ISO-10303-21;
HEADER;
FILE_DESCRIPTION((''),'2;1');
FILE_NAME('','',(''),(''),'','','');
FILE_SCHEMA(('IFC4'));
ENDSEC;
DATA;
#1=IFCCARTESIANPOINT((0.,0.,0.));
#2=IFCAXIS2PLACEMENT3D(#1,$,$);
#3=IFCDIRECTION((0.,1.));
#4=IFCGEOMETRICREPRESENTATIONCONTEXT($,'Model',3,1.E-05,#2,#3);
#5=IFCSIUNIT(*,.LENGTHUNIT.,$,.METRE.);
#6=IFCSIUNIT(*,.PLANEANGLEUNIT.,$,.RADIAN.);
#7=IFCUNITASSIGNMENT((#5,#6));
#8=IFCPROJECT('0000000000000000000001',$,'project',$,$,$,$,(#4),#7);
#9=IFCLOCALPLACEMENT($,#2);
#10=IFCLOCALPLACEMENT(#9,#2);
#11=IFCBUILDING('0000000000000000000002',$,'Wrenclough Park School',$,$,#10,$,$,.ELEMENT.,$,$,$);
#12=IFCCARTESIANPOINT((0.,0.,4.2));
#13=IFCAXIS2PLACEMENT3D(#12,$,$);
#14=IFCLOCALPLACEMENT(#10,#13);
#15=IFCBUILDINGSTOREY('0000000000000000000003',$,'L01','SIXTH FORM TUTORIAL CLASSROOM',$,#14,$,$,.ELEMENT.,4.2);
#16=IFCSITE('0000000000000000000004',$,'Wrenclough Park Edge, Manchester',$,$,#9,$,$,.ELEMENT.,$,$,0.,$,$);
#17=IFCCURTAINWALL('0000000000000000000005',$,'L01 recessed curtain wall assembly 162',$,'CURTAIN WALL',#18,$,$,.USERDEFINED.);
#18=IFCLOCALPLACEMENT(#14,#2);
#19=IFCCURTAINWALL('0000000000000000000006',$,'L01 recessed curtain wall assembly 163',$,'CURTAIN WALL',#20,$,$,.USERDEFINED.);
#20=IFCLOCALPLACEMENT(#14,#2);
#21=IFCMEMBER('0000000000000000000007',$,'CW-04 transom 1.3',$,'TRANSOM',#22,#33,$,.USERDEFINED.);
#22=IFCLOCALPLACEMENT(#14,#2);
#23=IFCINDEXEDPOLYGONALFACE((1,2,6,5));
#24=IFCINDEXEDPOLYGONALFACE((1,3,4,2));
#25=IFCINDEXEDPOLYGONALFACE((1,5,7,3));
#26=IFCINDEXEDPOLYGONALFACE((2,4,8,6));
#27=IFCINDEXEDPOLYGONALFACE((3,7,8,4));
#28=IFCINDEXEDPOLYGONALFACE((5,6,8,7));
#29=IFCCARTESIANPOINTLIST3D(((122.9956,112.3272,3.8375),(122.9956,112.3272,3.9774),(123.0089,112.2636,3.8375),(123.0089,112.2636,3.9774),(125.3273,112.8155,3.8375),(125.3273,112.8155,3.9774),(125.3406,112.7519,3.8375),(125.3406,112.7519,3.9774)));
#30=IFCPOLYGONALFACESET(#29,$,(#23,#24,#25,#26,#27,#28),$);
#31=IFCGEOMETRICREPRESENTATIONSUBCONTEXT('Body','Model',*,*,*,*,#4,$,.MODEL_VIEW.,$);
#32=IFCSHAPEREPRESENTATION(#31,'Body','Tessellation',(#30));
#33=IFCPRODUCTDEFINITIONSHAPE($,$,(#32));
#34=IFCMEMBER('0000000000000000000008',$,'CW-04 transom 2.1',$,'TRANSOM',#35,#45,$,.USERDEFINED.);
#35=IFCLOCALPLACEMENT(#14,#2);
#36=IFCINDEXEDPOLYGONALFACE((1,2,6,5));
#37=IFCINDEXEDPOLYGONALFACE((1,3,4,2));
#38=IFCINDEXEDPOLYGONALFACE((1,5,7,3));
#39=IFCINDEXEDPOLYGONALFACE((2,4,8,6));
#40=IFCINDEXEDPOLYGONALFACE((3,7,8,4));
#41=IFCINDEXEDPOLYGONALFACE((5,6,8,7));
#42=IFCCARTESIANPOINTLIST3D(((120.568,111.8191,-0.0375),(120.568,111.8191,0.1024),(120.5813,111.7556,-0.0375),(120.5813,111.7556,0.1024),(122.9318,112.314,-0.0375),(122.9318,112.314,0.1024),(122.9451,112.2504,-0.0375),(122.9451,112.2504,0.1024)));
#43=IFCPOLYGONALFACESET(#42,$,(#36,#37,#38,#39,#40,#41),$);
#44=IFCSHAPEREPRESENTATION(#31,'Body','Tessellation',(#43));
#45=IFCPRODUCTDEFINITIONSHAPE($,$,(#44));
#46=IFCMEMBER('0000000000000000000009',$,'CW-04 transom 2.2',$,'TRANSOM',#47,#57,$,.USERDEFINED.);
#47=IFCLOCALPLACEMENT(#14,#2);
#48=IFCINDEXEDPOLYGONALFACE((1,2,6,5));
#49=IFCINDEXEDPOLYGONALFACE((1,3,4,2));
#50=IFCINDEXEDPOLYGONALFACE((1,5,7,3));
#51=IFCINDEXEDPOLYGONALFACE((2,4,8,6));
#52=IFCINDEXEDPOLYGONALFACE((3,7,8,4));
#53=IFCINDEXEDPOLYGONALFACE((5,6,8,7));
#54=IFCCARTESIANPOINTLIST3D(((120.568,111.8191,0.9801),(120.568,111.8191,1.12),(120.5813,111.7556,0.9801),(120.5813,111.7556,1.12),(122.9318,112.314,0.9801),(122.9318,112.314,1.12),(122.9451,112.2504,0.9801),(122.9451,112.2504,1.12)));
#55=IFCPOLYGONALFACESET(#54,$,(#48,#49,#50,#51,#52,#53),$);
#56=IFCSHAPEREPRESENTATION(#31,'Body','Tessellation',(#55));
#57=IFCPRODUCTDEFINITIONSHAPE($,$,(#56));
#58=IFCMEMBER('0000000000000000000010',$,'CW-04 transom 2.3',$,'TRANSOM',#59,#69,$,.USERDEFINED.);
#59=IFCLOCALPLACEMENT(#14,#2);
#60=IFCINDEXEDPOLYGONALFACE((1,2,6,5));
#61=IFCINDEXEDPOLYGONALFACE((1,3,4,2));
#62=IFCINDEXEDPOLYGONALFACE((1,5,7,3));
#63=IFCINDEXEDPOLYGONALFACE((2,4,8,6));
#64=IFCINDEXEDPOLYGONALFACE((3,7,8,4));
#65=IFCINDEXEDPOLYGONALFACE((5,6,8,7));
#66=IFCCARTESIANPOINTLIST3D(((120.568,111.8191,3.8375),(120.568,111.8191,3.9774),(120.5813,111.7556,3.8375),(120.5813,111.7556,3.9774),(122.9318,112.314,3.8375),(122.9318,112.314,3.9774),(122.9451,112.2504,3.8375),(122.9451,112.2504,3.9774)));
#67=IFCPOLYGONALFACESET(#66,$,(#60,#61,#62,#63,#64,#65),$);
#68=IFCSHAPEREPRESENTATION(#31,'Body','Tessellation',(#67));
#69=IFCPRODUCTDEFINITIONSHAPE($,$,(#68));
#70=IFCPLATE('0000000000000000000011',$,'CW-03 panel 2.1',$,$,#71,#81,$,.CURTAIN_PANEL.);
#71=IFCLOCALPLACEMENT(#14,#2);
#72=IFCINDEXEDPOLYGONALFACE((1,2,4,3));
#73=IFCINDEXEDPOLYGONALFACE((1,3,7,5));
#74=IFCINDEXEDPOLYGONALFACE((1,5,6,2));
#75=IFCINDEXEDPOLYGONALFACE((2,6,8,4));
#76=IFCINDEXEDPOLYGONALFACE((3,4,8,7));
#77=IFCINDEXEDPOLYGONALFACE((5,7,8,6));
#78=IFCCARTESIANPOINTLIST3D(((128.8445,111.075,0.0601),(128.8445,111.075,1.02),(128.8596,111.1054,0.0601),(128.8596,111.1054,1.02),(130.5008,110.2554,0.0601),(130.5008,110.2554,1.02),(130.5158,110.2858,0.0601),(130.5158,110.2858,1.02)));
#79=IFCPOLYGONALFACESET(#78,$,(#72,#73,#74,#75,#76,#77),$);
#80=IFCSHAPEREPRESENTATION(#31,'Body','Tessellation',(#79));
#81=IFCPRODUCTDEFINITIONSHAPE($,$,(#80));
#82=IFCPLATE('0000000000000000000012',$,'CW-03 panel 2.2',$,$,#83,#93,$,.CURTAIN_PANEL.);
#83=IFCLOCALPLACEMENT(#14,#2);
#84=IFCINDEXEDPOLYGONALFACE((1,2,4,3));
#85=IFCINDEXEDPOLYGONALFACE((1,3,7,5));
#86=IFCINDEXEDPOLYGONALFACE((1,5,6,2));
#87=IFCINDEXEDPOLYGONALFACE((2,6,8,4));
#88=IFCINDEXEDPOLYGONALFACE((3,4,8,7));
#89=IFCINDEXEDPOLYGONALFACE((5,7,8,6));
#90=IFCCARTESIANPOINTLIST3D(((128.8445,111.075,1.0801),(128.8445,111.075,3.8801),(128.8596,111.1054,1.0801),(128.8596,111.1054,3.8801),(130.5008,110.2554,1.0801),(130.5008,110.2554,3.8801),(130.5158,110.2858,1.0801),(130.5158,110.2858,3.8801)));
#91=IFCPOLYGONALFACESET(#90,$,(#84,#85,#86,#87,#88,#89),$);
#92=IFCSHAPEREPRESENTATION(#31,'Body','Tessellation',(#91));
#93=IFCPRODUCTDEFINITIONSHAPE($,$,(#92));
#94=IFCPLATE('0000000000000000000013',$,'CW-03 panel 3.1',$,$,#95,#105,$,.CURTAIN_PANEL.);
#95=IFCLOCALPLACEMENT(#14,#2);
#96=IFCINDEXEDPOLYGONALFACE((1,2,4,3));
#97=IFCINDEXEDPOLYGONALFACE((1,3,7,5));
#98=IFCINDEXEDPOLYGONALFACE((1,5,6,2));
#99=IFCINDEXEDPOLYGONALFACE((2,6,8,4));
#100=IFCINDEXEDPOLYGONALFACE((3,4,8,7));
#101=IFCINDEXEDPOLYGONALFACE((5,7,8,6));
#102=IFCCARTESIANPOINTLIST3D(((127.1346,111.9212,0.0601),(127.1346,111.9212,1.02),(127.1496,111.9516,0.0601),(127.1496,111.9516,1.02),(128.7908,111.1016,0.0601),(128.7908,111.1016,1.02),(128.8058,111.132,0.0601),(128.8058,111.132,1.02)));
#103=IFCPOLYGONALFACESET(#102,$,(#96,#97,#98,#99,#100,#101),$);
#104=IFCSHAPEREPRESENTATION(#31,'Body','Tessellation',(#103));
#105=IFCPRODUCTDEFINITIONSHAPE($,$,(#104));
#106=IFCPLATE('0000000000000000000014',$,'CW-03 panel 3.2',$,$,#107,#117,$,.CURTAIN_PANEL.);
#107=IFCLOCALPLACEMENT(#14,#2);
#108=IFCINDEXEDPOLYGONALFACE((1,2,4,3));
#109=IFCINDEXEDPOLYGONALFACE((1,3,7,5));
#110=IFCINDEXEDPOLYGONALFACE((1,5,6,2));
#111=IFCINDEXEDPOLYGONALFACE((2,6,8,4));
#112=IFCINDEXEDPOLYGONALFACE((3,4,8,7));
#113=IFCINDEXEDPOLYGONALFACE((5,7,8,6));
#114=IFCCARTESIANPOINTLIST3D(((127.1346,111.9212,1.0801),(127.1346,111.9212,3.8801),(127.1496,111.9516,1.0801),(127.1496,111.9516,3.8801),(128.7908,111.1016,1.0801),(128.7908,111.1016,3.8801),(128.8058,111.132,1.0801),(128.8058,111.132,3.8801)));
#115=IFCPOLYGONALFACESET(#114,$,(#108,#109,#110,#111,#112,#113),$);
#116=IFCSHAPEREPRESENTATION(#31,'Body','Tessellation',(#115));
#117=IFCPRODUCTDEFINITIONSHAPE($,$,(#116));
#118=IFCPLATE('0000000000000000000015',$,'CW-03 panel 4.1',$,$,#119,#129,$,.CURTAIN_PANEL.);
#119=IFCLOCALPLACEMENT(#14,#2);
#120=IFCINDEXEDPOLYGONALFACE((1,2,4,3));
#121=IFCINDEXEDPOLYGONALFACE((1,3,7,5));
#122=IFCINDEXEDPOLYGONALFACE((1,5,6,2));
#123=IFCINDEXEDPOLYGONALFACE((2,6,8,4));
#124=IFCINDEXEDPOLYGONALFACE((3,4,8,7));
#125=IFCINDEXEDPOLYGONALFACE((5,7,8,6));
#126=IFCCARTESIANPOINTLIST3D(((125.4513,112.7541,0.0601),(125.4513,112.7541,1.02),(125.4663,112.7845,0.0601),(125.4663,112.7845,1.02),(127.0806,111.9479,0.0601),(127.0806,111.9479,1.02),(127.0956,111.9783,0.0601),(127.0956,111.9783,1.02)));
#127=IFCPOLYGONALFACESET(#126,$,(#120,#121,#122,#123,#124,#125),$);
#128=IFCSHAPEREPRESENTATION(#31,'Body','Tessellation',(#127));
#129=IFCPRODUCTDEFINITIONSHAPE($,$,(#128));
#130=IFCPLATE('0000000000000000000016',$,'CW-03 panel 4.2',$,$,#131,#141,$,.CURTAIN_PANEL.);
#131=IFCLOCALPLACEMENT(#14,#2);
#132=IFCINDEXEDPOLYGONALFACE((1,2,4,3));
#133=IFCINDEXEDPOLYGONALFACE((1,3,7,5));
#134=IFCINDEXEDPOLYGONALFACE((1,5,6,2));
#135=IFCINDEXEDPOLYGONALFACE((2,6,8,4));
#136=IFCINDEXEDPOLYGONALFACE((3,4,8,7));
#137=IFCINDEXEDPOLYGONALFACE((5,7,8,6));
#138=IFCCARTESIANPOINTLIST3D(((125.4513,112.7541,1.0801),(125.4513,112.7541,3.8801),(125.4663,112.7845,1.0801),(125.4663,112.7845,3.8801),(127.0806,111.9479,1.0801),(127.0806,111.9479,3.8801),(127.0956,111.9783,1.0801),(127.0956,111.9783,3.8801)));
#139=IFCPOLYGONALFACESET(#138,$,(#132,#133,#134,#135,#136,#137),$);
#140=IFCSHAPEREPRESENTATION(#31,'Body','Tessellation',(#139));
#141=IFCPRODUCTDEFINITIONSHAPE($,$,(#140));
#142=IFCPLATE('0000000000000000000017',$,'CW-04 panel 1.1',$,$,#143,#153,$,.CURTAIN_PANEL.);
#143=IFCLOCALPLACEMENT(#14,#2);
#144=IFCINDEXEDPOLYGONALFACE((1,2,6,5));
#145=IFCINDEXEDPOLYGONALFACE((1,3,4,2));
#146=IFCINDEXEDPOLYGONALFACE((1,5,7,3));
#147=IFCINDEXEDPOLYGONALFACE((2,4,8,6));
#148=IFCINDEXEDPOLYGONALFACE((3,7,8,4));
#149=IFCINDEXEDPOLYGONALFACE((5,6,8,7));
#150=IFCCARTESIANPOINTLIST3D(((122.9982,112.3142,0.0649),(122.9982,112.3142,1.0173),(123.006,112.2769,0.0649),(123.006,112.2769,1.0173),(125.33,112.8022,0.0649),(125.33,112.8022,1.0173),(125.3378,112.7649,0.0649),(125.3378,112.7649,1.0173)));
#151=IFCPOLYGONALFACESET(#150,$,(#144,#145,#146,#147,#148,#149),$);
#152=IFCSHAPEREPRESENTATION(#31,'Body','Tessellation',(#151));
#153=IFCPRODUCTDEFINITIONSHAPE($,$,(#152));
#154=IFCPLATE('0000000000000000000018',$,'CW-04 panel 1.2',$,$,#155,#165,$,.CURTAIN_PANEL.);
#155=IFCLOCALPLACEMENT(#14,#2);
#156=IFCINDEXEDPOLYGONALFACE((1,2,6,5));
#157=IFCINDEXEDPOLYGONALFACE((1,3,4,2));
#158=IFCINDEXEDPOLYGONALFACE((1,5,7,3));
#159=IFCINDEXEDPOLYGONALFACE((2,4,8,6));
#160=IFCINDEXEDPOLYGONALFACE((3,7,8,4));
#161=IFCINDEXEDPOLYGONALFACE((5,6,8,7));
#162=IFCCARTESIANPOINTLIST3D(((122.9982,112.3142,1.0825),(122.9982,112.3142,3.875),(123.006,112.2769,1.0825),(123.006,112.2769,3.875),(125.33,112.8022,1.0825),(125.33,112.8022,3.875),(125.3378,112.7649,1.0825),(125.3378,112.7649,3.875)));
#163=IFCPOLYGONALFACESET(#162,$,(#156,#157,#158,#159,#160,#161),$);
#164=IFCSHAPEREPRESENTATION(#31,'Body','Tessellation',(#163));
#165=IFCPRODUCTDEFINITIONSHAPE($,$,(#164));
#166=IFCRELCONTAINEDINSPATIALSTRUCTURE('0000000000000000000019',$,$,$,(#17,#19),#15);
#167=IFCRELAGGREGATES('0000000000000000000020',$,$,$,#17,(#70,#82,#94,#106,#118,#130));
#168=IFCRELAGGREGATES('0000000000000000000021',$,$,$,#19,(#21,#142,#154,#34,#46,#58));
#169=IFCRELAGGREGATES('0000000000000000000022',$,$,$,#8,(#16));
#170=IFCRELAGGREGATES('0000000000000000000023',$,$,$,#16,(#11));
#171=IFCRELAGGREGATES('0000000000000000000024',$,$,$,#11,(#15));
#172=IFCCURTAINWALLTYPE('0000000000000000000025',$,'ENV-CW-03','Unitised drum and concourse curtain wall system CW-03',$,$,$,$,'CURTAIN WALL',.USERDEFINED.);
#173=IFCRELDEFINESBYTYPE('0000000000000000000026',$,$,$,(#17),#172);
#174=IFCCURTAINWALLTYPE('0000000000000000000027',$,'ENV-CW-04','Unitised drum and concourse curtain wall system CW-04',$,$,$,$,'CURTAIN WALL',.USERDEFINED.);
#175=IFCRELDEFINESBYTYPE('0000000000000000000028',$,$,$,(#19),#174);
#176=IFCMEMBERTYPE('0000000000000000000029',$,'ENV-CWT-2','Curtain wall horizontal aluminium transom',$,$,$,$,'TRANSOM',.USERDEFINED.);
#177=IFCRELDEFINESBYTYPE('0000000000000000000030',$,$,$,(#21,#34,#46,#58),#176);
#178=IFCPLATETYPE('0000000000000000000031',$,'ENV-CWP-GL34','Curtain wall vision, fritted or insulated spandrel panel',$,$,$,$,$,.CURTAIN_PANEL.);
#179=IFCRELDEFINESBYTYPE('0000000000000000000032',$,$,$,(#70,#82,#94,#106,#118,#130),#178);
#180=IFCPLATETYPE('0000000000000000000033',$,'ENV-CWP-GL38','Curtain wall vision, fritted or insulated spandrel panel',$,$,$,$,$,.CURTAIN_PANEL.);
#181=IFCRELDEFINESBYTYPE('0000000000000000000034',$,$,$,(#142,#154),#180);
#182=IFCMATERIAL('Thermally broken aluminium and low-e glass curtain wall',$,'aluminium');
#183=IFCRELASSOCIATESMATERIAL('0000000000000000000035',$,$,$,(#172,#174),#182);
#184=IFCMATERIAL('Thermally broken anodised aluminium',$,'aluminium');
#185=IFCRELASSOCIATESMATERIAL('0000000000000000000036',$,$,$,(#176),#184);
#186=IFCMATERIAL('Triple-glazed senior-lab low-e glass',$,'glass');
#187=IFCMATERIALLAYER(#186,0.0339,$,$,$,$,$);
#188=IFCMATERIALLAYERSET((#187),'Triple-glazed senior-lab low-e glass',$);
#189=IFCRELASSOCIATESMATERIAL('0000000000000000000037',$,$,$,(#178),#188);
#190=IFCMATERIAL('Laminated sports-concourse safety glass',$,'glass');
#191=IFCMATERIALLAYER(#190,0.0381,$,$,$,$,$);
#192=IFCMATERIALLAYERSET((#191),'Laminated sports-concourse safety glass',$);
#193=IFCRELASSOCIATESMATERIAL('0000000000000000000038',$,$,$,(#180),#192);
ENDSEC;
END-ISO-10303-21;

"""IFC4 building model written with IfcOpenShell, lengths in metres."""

from ifc_helpers import new_model, si_unit, direction, frame, origin, origin_2d, place, context, subcontext, project, spatial, rectangle, extrude, material, layer, layer_set, material_profile, profile_set, type_object, element, aggregate, save


model = new_model("IFC4")

# Units and contexts
model_context = context("Model", 3, precision=1e-05, world=origin(), true_north=direction((0.0, 1.0)))
body_context = subcontext(model_context, "Body", "Model", "MODEL_VIEW")
ifc_project = project(units=[si_unit("LENGTHUNIT", "METRE"), si_unit("PLANEANGLEUNIT", "RADIAN")], contexts=[model_context])

# Site, building, storey
site_placement = place(None, origin())
site = spatial("IfcSite", under=ifc_project, at=site_placement, Name="Wrenclough Park Edge, Manchester", CompositionType="ELEMENT", RefElevation=0.0)
building_placement = place(site_placement, origin())
building = spatial("IfcBuilding", under=site, at=building_placement, Name="Wrenclough Park School", CompositionType="ELEMENT")
storey_placement = place(building_placement, frame((0.0, 0.0, 4.2)))
storey = spatial("IfcBuildingStorey", under=building, at=storey_placement, Name="L01", Description="SIXTH FORM TUTORIAL CLASSROOM", CompositionType="ELEMENT", Elevation=4.2)

# Curtain wall
ifc_material_1 = material(Name="Thermally broken aluminium and low-e glass curtain wall", Category="aluminium")
curtain_wall_type_1 = type_object("IfcCurtainWallType", Name="ENV-CW-03", Description="Unitised drum and concourse curtain wall system CW-03", ElementType="CURTAIN WALL", PredefinedType="USERDEFINED", material=ifc_material_1)
curtain_wall_1_placement = place(storey_placement, origin())
curtain_wall_1 = element("IfcCurtainWall", 1, at=curtain_wall_1_placement, inside=storey, type_object=curtain_wall_type_1, Name="L01 recessed curtain wall assembly 162", ObjectType="CURTAIN WALL", PredefinedType="USERDEFINED")
ifc_material_2 = material(Name="Thermally broken anodised aluminium", Category="aluminium")

# Curtain wall
curtain_wall_type_2 = type_object("IfcCurtainWallType", Name="ENV-CW-04", Description="Unitised drum and concourse curtain wall system CW-04", ElementType="CURTAIN WALL", PredefinedType="USERDEFINED", material=ifc_material_1)
curtain_wall_2_placement = place(storey_placement, origin())
curtain_wall_2 = element("IfcCurtainWall", 2, at=curtain_wall_2_placement, inside=storey, type_object=curtain_wall_type_2, Name="L01 recessed curtain wall assembly 163", ObjectType="CURTAIN WALL", PredefinedType="USERDEFINED")

# Members
ifc_material_profile_1 = material_profile(ifc_material_2, rectangle(XDim=0.0649, YDim=0.1399, at=origin_2d()), Name="AL TRANSOM 65x140")
ifc_profile_set_1 = profile_set([ifc_material_profile_1], Name="Thermally broken anodised aluminium")
member_type_1 = type_object("IfcMemberType", Name="ENV-CWT-2", Description="Curtain wall horizontal aluminium transom", ElementType="TRANSOM", PredefinedType="USERDEFINED", material=ifc_profile_set_1)
member_1_placement = place(storey_placement, frame((125.334, 112.7837, 3.9075), z_axis=(-0.978771, -0.204957, 0.0), x_axis=(0.204957, -0.978771, 0.0)))
member_1 = element("IfcMember", 3, at=member_1_placement, type_object=member_type_1, Name="CW-04 transom 1.3", ObjectType="TRANSOM", PredefinedType="USERDEFINED", context=body_context, shape_type="SweptSolid", body=[
    extrude(rectangle(XDim=0.0649, YDim=0.1399, at=origin_2d()), origin(), (0.0, 0.0, 1.0), 2.3823),
])
member_2_placement = place(storey_placement, frame((122.9385, 112.2822, 0.0325), z_axis=(-0.97878, -0.204915, 0.0), x_axis=(0.204915, -0.97878, 0.0)))
member_2 = element("IfcMember", 4, at=member_2_placement, type_object=member_type_1, Name="CW-04 transom 2.1", ObjectType="TRANSOM", PredefinedType="USERDEFINED", context=body_context, shape_type="SweptSolid", body=[
    extrude(rectangle(XDim=0.0649, YDim=0.1399, at=origin_2d()), origin(), (0.0, 0.0, 1.0), 2.415),
])
member_3_placement = place(storey_placement, frame((122.9385, 112.2822, 1.05), z_axis=(-0.97878, -0.204915, 0.0), x_axis=(0.204915, -0.97878, 0.0)))
member_3 = element("IfcMember", 5, at=member_3_placement, type_object=member_type_1, Name="CW-04 transom 2.2", ObjectType="TRANSOM", PredefinedType="USERDEFINED", context=body_context, shape_type="SweptSolid", body=[
    extrude(rectangle(XDim=0.0649, YDim=0.1399, at=origin_2d()), origin(), (0.0, 0.0, 1.0), 2.415),
])
member_4_placement = place(storey_placement, frame((122.9385, 112.2822, 3.9075), z_axis=(-0.97878, -0.204915, 0.0), x_axis=(0.204915, -0.97878, 0.0)))
member_4 = element("IfcMember", 6, at=member_4_placement, type_object=member_type_1, Name="CW-04 transom 2.3", ObjectType="TRANSOM", PredefinedType="USERDEFINED", context=body_context, shape_type="SweptSolid", body=[
    extrude(rectangle(XDim=0.0649, YDim=0.1399, at=origin_2d()), origin(), (0.0, 0.0, 1.0), 2.415),
])

# Plates
ifc_material_3 = material(Name="Triple-glazed senior-lab low-e glass", Category="glass")
ifc_layer_1 = layer(ifc_material_3, 0.0339)
ifc_layer_set_1 = layer_set([ifc_layer_1], Name="Triple-glazed senior-lab low-e glass")
plate_type_1 = type_object("IfcPlateType", Name="ENV-CWP-GL34", Description="Curtain wall vision, fritted or insulated spandrel panel", PredefinedType="CURTAIN_PANEL", material=ifc_layer_set_1)
plate_1_placement = place(storey_placement, frame((129.6802, 110.6804, 0.0601), z_axis=(0.0, 0.0, 1.0), x_axis=(-0.896267, 0.443515, 0.0)))
plate_1 = element("IfcPlate", 7, at=plate_1_placement, type_object=plate_type_1, Name="CW-03 panel 2.1", PredefinedType="CURTAIN_PANEL", context=body_context, shape_type="SweptSolid", body=[
    extrude(rectangle(XDim=1.8479, YDim=0.0339, at=origin_2d()), origin(), (0.0, 0.0, 1.0), 0.96),
])
plate_2_placement = place(storey_placement, frame((129.6802, 110.6804, 1.0801), z_axis=(0.0, 0.0, 1.0), x_axis=(-0.896267, 0.443515, 0.0)))
plate_2 = element("IfcPlate", 8, at=plate_2_placement, type_object=plate_type_1, Name="CW-03 panel 2.2", PredefinedType="CURTAIN_PANEL", context=body_context, shape_type="SweptSolid", body=[
    extrude(rectangle(XDim=1.8479, YDim=0.0339, at=origin_2d()), origin(), (0.0, 0.0, 1.0), 2.8),
])
plate_3_placement = place(storey_placement, frame((127.9702, 111.5266, 0.0601), z_axis=(0.0, 0.0, 1.0), x_axis=(-0.896267, 0.443515, 0.0)))
plate_3 = element("IfcPlate", 9, at=plate_3_placement, type_object=plate_type_1, Name="CW-03 panel 3.1", PredefinedType="CURTAIN_PANEL", context=body_context, shape_type="SweptSolid", body=[
    extrude(rectangle(XDim=1.8479, YDim=0.0339, at=origin_2d()), origin(), (0.0, 0.0, 1.0), 0.96),
])
plate_4_placement = place(storey_placement, frame((127.9702, 111.5266, 1.0801), z_axis=(0.0, 0.0, 1.0), x_axis=(-0.896267, 0.443515, 0.0)))
plate_4 = element("IfcPlate", 10, at=plate_4_placement, type_object=plate_type_1, Name="CW-03 panel 3.2", PredefinedType="CURTAIN_PANEL", context=body_context, shape_type="SweptSolid", body=[
    extrude(rectangle(XDim=1.8479, YDim=0.0339, at=origin_2d()), origin(), (0.0, 0.0, 1.0), 2.8),
])
plate_5_placement = place(storey_placement, frame((126.2734, 112.3662, 0.0601), z_axis=(0.0, 0.0, 1.0), x_axis=(-0.896267, 0.443515, 0.0)))
plate_5 = element("IfcPlate", 11, at=plate_5_placement, type_object=plate_type_1, Name="CW-03 panel 4.1", PredefinedType="CURTAIN_PANEL", context=body_context, shape_type="SweptSolid", body=[
    extrude(rectangle(XDim=1.8179, YDim=0.0339, at=origin_2d()), origin(), (0.0, 0.0, 1.0), 0.96),
])
plate_6_placement = place(storey_placement, frame((126.2734, 112.3662, 1.0801), z_axis=(0.0, 0.0, 1.0), x_axis=(-0.896267, 0.443515, 0.0)))
plate_6 = element("IfcPlate", 12, at=plate_6_placement, type_object=plate_type_1, Name="CW-03 panel 4.2", PredefinedType="CURTAIN_PANEL", context=body_context, shape_type="SweptSolid", body=[
    extrude(rectangle(XDim=1.8179, YDim=0.0339, at=origin_2d()), origin(), (0.0, 0.0, 1.0), 2.8),
])
aggregate(curtain_wall_1, [plate_1, plate_2, plate_3, plate_4, plate_5, plate_6])
ifc_material_4 = material(Name="Laminated sports-concourse safety glass", Category="glass")
ifc_layer_2 = layer(ifc_material_4, 0.0381)
ifc_layer_set_2 = layer_set([ifc_layer_2], Name="Laminated sports-concourse safety glass")
plate_type_2 = type_object("IfcPlateType", Name="ENV-CWP-GL38", Description="Curtain wall vision, fritted or insulated spandrel panel", PredefinedType="CURTAIN_PANEL", material=ifc_layer_set_2)
plate_7_placement = place(storey_placement, frame((124.168, 112.5396, 0.0649), z_axis=(0.0, 0.0, 1.0), x_axis=(-0.978788, -0.204874, 0.0)))
plate_7 = element("IfcPlate", 13, at=plate_7_placement, type_object=plate_type_2, Name="CW-04 panel 1.1", PredefinedType="CURTAIN_PANEL", context=body_context, shape_type="SweptSolid", body=[
    extrude(rectangle(XDim=2.3823, YDim=0.0381, at=origin_2d()), origin(), (0.0, 0.0, 1.0), 0.9524),
])
plate_8_placement = place(storey_placement, frame((124.168, 112.5396, 1.0825), z_axis=(0.0, 0.0, 1.0), x_axis=(-0.978788, -0.204874, 0.0)))
plate_8 = element("IfcPlate", 14, at=plate_8_placement, type_object=plate_type_2, Name="CW-04 panel 1.2", PredefinedType="CURTAIN_PANEL", context=body_context, shape_type="SweptSolid", body=[
    extrude(rectangle(XDim=2.3823, YDim=0.0381, at=origin_2d()), origin(), (0.0, 0.0, 1.0), 2.7925),
])
aggregate(curtain_wall_2, [member_1, plate_7, plate_8, member_2, member_3, member_4])

save(model, "model.ifc")
